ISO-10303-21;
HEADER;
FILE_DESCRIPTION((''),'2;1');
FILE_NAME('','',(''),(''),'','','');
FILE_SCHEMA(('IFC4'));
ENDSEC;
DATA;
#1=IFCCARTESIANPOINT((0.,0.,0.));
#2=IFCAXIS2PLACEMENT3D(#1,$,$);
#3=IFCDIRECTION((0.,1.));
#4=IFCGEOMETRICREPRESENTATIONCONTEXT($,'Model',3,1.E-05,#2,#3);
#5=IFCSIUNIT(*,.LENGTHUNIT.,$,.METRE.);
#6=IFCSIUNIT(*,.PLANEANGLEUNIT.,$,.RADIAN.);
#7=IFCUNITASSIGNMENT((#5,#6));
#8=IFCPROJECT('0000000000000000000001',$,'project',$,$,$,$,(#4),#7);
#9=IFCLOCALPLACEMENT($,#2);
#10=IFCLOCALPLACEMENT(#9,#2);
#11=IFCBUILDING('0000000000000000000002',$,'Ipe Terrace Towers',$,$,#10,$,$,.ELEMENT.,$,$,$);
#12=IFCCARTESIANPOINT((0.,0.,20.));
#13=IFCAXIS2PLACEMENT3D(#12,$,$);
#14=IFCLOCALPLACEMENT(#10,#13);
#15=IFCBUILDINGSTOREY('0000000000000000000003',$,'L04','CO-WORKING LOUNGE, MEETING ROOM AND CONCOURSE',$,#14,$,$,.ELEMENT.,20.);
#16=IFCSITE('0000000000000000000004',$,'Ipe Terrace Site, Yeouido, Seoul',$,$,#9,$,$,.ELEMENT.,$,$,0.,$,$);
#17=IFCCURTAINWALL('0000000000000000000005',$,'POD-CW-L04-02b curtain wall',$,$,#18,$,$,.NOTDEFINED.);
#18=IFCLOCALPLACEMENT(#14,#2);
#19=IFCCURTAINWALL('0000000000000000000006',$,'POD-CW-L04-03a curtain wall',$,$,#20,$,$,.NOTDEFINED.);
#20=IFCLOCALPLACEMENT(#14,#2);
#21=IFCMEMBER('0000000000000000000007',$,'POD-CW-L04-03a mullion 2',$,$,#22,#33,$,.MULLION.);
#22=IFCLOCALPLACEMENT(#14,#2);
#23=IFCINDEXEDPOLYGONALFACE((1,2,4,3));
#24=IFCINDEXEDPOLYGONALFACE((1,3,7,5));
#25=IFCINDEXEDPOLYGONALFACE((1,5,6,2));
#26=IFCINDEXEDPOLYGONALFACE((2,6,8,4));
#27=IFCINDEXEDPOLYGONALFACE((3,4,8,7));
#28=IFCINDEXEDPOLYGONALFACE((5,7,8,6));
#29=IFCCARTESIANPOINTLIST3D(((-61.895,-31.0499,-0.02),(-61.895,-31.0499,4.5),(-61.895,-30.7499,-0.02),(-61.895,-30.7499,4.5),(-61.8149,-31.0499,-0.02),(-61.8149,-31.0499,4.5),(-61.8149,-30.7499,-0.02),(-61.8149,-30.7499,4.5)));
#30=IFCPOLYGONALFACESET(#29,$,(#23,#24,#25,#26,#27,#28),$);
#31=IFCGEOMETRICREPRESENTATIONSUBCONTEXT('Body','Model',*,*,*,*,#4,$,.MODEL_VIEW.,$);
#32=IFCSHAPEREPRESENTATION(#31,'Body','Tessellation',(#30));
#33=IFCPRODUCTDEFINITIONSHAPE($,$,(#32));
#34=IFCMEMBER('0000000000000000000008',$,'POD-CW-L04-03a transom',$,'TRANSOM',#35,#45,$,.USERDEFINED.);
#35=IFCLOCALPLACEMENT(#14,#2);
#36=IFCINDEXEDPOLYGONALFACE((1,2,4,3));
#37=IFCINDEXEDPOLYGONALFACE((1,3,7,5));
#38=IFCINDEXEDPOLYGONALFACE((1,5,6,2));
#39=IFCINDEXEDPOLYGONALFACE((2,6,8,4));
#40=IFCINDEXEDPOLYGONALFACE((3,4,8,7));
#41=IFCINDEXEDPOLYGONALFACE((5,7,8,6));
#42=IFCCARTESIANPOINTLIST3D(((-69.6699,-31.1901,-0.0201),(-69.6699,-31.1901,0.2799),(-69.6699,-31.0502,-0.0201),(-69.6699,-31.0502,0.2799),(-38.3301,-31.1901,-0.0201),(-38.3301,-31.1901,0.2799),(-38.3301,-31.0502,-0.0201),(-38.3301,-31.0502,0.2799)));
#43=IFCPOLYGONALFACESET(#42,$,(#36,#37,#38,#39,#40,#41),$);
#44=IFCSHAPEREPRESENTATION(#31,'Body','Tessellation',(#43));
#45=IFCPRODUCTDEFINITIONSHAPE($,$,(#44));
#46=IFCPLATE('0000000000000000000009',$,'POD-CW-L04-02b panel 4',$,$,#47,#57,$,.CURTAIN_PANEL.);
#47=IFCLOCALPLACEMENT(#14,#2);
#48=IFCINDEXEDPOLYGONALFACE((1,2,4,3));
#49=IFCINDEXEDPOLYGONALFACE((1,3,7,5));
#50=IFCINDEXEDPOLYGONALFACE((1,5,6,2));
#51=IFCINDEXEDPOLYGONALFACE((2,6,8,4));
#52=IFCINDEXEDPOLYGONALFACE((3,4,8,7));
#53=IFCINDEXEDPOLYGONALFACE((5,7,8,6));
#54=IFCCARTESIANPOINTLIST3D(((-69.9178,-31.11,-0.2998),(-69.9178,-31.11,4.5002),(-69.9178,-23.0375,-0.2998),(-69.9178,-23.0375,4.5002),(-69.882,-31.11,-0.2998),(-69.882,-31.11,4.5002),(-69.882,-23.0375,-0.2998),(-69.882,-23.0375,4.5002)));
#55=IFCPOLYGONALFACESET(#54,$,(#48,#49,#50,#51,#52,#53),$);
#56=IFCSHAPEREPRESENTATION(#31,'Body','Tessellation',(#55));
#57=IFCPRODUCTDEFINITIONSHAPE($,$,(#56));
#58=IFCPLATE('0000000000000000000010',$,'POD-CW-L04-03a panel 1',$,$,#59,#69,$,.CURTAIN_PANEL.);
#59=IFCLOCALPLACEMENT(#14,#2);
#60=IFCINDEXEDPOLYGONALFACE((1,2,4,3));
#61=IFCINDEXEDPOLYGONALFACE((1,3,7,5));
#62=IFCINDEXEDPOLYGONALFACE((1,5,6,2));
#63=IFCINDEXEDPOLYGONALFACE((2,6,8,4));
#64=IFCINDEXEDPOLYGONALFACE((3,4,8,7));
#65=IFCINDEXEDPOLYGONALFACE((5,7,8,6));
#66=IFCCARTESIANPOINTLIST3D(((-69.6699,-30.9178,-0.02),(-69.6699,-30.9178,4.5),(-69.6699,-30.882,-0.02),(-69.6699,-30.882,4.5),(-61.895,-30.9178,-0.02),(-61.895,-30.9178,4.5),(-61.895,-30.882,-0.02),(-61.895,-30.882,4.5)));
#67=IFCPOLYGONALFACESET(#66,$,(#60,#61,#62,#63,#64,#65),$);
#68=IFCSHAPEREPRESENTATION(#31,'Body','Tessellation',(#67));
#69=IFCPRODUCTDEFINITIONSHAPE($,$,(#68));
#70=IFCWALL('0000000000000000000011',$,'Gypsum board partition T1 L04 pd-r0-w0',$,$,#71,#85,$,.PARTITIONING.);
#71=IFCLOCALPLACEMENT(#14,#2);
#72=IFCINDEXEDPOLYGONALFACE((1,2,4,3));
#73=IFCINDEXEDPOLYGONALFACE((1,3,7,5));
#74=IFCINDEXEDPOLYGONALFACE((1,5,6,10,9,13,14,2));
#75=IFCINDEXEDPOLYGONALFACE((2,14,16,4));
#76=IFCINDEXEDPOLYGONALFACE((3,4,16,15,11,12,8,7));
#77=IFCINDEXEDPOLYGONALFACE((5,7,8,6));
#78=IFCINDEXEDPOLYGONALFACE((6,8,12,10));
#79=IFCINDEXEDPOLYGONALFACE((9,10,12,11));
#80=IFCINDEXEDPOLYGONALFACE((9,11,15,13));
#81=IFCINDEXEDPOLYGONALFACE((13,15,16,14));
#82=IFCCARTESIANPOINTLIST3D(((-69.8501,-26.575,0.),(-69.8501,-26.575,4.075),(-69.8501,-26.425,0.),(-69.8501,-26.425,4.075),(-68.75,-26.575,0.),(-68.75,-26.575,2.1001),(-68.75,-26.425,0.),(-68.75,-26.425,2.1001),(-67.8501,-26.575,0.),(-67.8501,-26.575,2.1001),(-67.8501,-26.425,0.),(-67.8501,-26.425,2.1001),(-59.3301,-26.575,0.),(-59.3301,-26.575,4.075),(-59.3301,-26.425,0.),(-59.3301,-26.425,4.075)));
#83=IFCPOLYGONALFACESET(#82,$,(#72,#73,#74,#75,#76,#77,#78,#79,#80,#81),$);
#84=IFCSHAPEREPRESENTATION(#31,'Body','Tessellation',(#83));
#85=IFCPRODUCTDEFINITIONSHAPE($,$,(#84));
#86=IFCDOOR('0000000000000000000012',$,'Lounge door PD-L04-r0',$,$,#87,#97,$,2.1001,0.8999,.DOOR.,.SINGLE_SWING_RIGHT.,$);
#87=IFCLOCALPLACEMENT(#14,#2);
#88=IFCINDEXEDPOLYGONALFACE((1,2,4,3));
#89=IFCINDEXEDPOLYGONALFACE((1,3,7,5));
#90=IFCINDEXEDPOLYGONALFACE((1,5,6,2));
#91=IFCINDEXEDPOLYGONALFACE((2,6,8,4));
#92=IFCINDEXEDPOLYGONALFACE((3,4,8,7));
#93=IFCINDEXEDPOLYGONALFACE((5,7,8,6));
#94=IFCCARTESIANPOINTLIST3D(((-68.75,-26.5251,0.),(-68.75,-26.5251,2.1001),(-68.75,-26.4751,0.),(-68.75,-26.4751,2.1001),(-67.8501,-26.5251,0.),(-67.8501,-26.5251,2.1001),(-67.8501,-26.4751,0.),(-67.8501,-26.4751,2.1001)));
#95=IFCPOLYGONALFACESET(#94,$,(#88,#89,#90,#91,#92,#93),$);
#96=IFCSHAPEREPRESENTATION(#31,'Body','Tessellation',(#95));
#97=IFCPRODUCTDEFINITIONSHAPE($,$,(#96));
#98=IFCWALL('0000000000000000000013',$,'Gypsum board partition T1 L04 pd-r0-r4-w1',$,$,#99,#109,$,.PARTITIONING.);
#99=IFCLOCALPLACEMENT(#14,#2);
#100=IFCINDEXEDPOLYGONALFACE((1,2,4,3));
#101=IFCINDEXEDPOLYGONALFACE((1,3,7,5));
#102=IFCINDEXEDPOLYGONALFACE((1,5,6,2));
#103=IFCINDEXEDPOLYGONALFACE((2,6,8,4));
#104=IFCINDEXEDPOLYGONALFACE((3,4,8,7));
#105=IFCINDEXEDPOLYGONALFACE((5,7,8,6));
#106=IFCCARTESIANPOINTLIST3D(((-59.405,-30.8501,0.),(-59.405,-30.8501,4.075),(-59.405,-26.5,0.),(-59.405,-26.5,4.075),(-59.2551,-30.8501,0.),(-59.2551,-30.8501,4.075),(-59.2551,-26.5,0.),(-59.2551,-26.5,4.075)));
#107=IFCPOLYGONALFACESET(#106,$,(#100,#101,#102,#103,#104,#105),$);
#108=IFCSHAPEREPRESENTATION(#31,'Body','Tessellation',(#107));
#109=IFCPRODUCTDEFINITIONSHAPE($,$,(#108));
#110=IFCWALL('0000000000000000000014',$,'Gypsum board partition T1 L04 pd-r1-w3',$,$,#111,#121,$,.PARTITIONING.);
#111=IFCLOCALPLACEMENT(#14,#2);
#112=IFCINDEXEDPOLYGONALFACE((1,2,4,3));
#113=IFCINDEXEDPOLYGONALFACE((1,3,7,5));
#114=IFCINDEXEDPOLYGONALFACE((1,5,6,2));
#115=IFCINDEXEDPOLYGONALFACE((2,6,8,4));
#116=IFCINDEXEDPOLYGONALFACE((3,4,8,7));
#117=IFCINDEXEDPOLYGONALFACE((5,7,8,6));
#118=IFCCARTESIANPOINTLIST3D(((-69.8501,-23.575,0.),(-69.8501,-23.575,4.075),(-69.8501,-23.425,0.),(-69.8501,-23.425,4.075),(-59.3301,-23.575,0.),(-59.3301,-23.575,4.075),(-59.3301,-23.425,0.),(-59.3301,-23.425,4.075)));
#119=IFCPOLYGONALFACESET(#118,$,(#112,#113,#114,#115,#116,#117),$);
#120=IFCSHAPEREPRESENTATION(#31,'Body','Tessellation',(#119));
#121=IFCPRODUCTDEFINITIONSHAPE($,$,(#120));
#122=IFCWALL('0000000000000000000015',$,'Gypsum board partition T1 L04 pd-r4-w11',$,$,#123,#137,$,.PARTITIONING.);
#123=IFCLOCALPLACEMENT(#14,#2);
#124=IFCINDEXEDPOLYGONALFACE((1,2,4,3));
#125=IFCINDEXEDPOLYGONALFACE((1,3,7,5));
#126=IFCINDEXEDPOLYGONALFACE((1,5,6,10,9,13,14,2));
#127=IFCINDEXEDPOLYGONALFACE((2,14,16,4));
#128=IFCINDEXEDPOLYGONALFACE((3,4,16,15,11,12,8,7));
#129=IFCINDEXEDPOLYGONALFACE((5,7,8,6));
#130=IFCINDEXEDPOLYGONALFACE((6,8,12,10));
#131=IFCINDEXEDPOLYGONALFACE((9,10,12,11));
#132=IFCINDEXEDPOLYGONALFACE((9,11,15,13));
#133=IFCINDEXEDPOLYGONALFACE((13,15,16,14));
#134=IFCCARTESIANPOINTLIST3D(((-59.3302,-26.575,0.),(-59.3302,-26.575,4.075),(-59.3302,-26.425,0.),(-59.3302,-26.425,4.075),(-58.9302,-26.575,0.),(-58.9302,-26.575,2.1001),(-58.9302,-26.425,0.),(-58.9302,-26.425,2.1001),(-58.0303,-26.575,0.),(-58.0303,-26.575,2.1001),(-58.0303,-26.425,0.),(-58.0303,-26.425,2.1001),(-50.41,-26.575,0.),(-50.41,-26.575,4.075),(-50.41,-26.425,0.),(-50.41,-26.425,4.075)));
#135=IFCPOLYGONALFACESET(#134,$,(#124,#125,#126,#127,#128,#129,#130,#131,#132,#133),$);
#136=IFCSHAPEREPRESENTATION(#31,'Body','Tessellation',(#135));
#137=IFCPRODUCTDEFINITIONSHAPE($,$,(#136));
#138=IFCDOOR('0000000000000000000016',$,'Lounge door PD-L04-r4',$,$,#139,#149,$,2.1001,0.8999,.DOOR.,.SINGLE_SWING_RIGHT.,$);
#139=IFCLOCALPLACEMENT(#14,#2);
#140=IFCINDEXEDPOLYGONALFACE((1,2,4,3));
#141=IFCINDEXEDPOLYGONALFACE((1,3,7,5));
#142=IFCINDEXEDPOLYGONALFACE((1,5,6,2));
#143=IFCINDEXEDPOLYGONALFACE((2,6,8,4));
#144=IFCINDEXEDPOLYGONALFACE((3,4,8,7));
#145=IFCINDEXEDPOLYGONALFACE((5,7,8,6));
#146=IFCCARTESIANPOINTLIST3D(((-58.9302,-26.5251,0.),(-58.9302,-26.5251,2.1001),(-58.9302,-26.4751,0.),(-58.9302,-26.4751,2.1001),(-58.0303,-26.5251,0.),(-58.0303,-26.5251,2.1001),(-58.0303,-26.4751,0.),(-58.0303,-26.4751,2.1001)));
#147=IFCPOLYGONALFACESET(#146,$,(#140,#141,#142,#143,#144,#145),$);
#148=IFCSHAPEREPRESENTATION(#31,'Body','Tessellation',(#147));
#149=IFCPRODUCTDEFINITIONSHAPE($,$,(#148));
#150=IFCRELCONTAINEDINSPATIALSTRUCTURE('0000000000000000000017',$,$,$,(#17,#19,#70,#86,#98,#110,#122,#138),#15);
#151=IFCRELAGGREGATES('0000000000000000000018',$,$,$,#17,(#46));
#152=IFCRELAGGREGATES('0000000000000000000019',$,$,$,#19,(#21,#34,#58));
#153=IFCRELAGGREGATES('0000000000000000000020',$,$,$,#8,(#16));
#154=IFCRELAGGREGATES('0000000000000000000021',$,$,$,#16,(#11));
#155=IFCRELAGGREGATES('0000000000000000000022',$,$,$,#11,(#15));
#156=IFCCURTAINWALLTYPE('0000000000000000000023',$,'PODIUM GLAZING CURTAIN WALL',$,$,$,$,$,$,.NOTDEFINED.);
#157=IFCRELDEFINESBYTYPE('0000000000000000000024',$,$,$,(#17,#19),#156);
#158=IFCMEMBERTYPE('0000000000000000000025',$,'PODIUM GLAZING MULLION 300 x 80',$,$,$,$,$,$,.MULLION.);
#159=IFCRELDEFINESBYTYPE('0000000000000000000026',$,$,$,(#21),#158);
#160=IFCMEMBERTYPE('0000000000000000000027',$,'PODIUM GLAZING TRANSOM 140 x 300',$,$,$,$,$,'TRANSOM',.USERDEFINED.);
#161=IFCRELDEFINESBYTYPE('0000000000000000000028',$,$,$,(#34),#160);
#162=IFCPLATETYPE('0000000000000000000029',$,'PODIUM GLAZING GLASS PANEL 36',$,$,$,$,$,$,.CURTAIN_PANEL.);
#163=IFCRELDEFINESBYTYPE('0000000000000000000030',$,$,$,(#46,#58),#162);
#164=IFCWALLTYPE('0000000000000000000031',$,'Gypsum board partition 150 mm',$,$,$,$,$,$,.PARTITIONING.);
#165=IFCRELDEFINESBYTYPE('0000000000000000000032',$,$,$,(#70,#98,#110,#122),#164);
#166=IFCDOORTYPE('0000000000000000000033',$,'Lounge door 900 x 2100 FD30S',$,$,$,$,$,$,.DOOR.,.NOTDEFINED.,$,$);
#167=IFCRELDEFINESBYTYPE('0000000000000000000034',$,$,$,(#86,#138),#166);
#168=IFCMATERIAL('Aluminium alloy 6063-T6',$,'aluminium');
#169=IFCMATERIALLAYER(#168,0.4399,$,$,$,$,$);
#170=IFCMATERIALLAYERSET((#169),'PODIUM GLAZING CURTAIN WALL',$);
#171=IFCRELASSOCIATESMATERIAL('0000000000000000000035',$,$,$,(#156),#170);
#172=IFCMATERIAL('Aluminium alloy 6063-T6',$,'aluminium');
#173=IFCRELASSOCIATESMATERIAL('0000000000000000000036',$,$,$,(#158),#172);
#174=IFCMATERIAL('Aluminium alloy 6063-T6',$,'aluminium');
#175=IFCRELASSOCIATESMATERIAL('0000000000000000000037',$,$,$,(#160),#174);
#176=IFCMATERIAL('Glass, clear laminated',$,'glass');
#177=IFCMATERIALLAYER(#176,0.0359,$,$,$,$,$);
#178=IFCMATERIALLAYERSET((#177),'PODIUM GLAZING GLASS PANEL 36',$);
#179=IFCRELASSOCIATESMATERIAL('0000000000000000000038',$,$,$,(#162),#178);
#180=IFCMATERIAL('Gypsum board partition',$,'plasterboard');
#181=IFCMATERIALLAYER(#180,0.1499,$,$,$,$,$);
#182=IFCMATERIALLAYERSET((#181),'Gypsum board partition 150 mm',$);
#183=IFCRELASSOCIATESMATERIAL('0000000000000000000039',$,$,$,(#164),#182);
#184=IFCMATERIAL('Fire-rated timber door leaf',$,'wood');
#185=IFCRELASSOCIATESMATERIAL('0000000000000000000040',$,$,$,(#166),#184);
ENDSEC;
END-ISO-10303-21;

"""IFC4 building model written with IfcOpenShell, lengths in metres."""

from ifc_helpers import new_model, si_unit, direction, frame, frame_2d, origin, origin_2d, place, context, subcontext, project, spatial, rectangle, extrude, material, layer, layer_set, material_profile, profile_set, type_object, element, fill, aggregate, save


model = new_model("IFC4")

# Units and contexts
model_context = context("Model", 3, precision=1e-05, world=origin(), true_north=direction((0.0, 1.0)))
body_context = subcontext(model_context, "Body", "Model", "MODEL_VIEW")
ifc_project = project(units=[si_unit("LENGTHUNIT", "METRE"), si_unit("PLANEANGLEUNIT", "RADIAN")], contexts=[model_context])

# Site, building, storey
site_placement = place(None, origin())
site = spatial("IfcSite", under=ifc_project, at=site_placement, Name="Ipe Terrace Site, Yeouido, Seoul", CompositionType="ELEMENT", RefElevation=0.0)
building_placement = place(site_placement, origin())
building = spatial("IfcBuilding", under=site, at=building_placement, Name="Ipe Terrace Towers", CompositionType="ELEMENT")
storey_placement = place(building_placement, frame((0.0, 0.0, 20.0)))
storey = spatial("IfcBuildingStorey", under=building, at=storey_placement, Name="L04", Description="CO-WORKING LOUNGE, MEETING ROOM AND CONCOURSE", CompositionType="ELEMENT", Elevation=20.0)

# Curtain walls, members
ifc_material_1 = material(Name="Aluminium alloy 6063-T6", Category="aluminium")
ifc_layer_1 = layer(ifc_material_1, 0.4399)
ifc_layer_set_1 = layer_set([ifc_layer_1], Name="PODIUM GLAZING CURTAIN WALL")
curtain_wall_type = type_object("IfcCurtainWallType", Name="PODIUM GLAZING CURTAIN WALL", PredefinedType="NOTDEFINED", material=ifc_layer_set_1)
curtain_wall_1_placement = place(storey_placement, origin())
curtain_wall_1 = element("IfcCurtainWall", 1, at=curtain_wall_1_placement, inside=storey, type_object=curtain_wall_type, Name="POD-CW-L04-02b curtain wall", PredefinedType="NOTDEFINED")
ifc_material_2 = material(Name="Aluminium alloy 6063-T6", Category="aluminium")
ifc_material_profile_1 = material_profile(ifc_material_2, rectangle(XDim=0.3, YDim=0.0801, at=origin_2d()), Name="PODIUM GLAZING MULLION 300 x 80")
ifc_profile_set_1 = profile_set([ifc_material_profile_1], Name="Aluminium alloy 6063-T6")
member_type_1 = type_object("IfcMemberType", Name="PODIUM GLAZING MULLION 300 x 80", PredefinedType="MULLION", material=ifc_profile_set_1)
curtain_wall_2_placement = place(storey_placement, origin())
curtain_wall_2 = element("IfcCurtainWall", 2, at=curtain_wall_2_placement, inside=storey, type_object=curtain_wall_type, Name="POD-CW-L04-03a curtain wall", PredefinedType="NOTDEFINED")
member_1_placement = place(storey_placement, frame((-61.855, -30.8999, -0.02), z_axis=(0.0, 0.0, 1.0), x_axis=(0.0, -1.0, 0.0)))
member_1 = element("IfcMember", 3, at=member_1_placement, type_object=member_type_1, Name="POD-CW-L04-03a mullion 2", PredefinedType="MULLION", context=body_context, shape_type="SweptSolid", body=[
    extrude(rectangle(XDim=0.3, YDim=0.0801, at=origin_2d()), origin(), (0.0, 0.0, 1.0), 4.52),
])
ifc_material_3 = material(Name="Aluminium alloy 6063-T6", Category="aluminium")
ifc_material_profile_2 = material_profile(ifc_material_3, rectangle(XDim=0.1399, YDim=0.3, at=origin_2d()), Name="PODIUM GLAZING TRANSOM 140 x 300")
ifc_profile_set_2 = profile_set([ifc_material_profile_2], Name="Aluminium alloy 6063-T6")
member_type_2 = type_object("IfcMemberType", Name="PODIUM GLAZING TRANSOM 140 x 300", ElementType="TRANSOM", PredefinedType="USERDEFINED", material=ifc_profile_set_2)
member_2_placement = place(storey_placement, frame((-69.6699, -31.1201, 0.1299), z_axis=(1.0, 0.0, 0.0), x_axis=(0.0, -1.0, 0.0)))
member_2 = element("IfcMember", 4, at=member_2_placement, type_object=member_type_2, Name="POD-CW-L04-03a transom", ObjectType="TRANSOM", PredefinedType="USERDEFINED", context=body_context, shape_type="SweptSolid", body=[
    extrude(rectangle(XDim=0.1399, YDim=0.3, at=origin_2d()), origin(), (0.0, 0.0, 1.0), 31.3398),
])

# Plates
ifc_material_4 = material(Name="Glass, clear laminated", Category="glass")
ifc_layer_2 = layer(ifc_material_4, 0.0359)
ifc_layer_set_2 = layer_set([ifc_layer_2], Name="PODIUM GLAZING GLASS PANEL 36")
plate_type = type_object("IfcPlateType", Name="PODIUM GLAZING GLASS PANEL 36", PredefinedType="CURTAIN_PANEL", material=ifc_layer_set_2)
plate_1_placement = place(storey_placement, frame((-69.8999, -27.0737, -0.2998), z_axis=(0.0, 0.0, 1.0), x_axis=(0.0, -1.0, 0.0)))
plate_1 = element("IfcPlate", 5, at=plate_1_placement, type_object=plate_type, Name="POD-CW-L04-02b panel 4", PredefinedType="CURTAIN_PANEL", context=body_context, shape_type="SweptSolid", body=[
    extrude(rectangle(XDim=8.0725, YDim=0.0359, at=origin_2d()), origin(), (0.0, 0.0, 1.0), 4.8),
])
aggregate(curtain_wall_1, [plate_1])
plate_2_placement = place(storey_placement, frame((-65.7825, -30.8999, -0.02), z_axis=(0.0, 0.0, 1.0), x_axis=(1.0, 0.0, 0.0)))
plate_2 = element("IfcPlate", 6, at=plate_2_placement, type_object=plate_type, Name="POD-CW-L04-03a panel 1", PredefinedType="CURTAIN_PANEL", context=body_context, shape_type="SweptSolid", body=[
    extrude(rectangle(XDim=7.7749, YDim=0.0359, at=origin_2d()), origin(), (0.0, 0.0, 1.0), 4.52),
])
aggregate(curtain_wall_2, [member_1, member_2, plate_2])

# Wall, opening, door
ifc_material_5 = material(Name="Gypsum board partition", Category="plasterboard")
ifc_layer_3 = layer(ifc_material_5, 0.1499)
ifc_layer_set_3 = layer_set([ifc_layer_3], Name="Gypsum board partition 150 mm")
wall_type_1 = type_object("IfcWallType", Name="Gypsum board partition 150 mm", PredefinedType="PARTITIONING", material=ifc_layer_set_3)
wall_1_placement = place(storey_placement, frame((-69.8501, -26.5, 0.0), z_axis=(0.0, 0.0, 1.0), x_axis=(1.0, 0.0, 0.0)))
wall_1 = element("IfcWall", 7, at=wall_1_placement, inside=storey, type_object=wall_type_1, Name="Gypsum board partition T1 L04 pd-r0-w0", PredefinedType="PARTITIONING", context=body_context, shape_type="SweptSolid", body=[
    extrude(rectangle(XDim=10.52, YDim=0.1499, at=frame_2d((5.26, 0.0))), origin(), (0.0, 0.0, 1.0), 4.075),
])
opening_1_placement = place(wall_1_placement, frame((1.1001, 0.0, 0.0)))
opening_1 = element("IfcOpeningElement", 8, at=opening_1_placement, cuts=wall_1, PredefinedType="OPENING", context=body_context, shape_type="SweptSolid", body=[
    extrude(rectangle(XDim=0.8999, YDim=2.1001, at=frame_2d((0.45, 1.05))), frame((0.0, 0.085, 0.0), z_axis=(0.0, -1.0, 0.0), x_axis=(1.0, 0.0, 0.0)), (0.0, 0.0, 1.0), 0.1699),
])
ifc_material_6 = material(Name="Fire-rated timber door leaf", Category="wood")
door_type_1 = type_object("IfcDoorType", Name="Lounge door 900 x 2100 FD30S", OperationType="NOTDEFINED", PredefinedType="DOOR", material=ifc_material_6)
door_1_placement = place(opening_1_placement, origin())
door_1 = element("IfcDoor", 9, at=door_1_placement, inside=storey, type_object=door_type_1, Name="Lounge door PD-L04-r0", OperationType="SINGLE_SWING_RIGHT", OverallHeight=2.1001, OverallWidth=0.8999, PredefinedType="DOOR", context=body_context, shape_type="SweptSolid", body=[
    extrude(rectangle(XDim=0.8999, YDim=2.1001, at=frame_2d((0.45, 1.05))), frame((0.0, 0.0249, 0.0), z_axis=(0.0, -1.0, 0.0), x_axis=(1.0, 0.0, 0.0)), (0.0, 0.0, 1.0), 0.05),
])
fill(opening_1, door_1)

# Walls
wall_2_placement = place(storey_placement, frame((-59.3301, -26.5, 0.0), z_axis=(0.0, 0.0, 1.0), x_axis=(0.0, -1.0, 0.0)))
element("IfcWall", 10, at=wall_2_placement, inside=storey, type_object=wall_type_1, Name="Gypsum board partition T1 L04 pd-r0-r4-w1", PredefinedType="PARTITIONING", context=body_context, shape_type="SweptSolid", body=[
    extrude(rectangle(XDim=4.3501, YDim=0.1499, at=frame_2d((2.175, 0.0))), origin(), (0.0, 0.0, 1.0), 4.075),
])
wall_3_placement = place(storey_placement, frame((-59.3301, -23.5, 0.0), z_axis=(0.0, 0.0, 1.0), x_axis=(-1.0, 0.0, 0.0)))
element("IfcWall", 11, at=wall_3_placement, inside=storey, type_object=wall_type_1, Name="Gypsum board partition T1 L04 pd-r1-w3", PredefinedType="PARTITIONING", context=body_context, shape_type="SweptSolid", body=[
    extrude(rectangle(XDim=10.52, YDim=0.1499, at=frame_2d((5.26, 0.0))), origin(), (0.0, 0.0, 1.0), 4.075),
])

# Wall, opening, door
wall_4_placement = place(storey_placement, frame((-59.3301, -26.5, 0.0), z_axis=(0.0, 0.0, 1.0), x_axis=(1.0, 0.0, 0.0)))
wall_4 = element("IfcWall", 12, at=wall_4_placement, inside=storey, type_object=wall_type_1, Name="Gypsum board partition T1 L04 pd-r4-w11", PredefinedType="PARTITIONING", context=body_context, shape_type="SweptSolid", body=[
    extrude(rectangle(XDim=8.9202, YDim=0.1499, at=frame_2d((4.46, 0.0))), origin(), (0.0, 0.0, 1.0), 4.075),
])
opening_2_placement = place(wall_4_placement, frame((0.3999, 0.0, 0.0)))
opening_2 = element("IfcOpeningElement", 13, at=opening_2_placement, cuts=wall_4, PredefinedType="OPENING", context=body_context, shape_type="SweptSolid", body=[
    extrude(rectangle(XDim=0.8999, YDim=2.1001, at=frame_2d((0.45, 1.05))), frame((0.0, 0.085, 0.0), z_axis=(0.0, -1.0, 0.0), x_axis=(1.0, 0.0, 0.0)), (0.0, 0.0, 1.0), 0.1699),
])
door_2_placement = place(opening_2_placement, origin())
door_2 = element("IfcDoor", 14, at=door_2_placement, inside=storey, type_object=door_type_1, Name="Lounge door PD-L04-r4", OperationType="SINGLE_SWING_RIGHT", OverallHeight=2.1001, OverallWidth=0.8999, PredefinedType="DOOR", context=body_context, shape_type="SweptSolid", body=[
    extrude(rectangle(XDim=0.8999, YDim=2.1001, at=frame_2d((0.45, 1.05))), frame((0.0, 0.0249, 0.0), z_axis=(0.0, -1.0, 0.0), x_axis=(1.0, 0.0, 0.0)), (0.0, 0.0, 1.0), 0.05),
])
fill(opening_2, door_2)

save(model, "model.ifc")
